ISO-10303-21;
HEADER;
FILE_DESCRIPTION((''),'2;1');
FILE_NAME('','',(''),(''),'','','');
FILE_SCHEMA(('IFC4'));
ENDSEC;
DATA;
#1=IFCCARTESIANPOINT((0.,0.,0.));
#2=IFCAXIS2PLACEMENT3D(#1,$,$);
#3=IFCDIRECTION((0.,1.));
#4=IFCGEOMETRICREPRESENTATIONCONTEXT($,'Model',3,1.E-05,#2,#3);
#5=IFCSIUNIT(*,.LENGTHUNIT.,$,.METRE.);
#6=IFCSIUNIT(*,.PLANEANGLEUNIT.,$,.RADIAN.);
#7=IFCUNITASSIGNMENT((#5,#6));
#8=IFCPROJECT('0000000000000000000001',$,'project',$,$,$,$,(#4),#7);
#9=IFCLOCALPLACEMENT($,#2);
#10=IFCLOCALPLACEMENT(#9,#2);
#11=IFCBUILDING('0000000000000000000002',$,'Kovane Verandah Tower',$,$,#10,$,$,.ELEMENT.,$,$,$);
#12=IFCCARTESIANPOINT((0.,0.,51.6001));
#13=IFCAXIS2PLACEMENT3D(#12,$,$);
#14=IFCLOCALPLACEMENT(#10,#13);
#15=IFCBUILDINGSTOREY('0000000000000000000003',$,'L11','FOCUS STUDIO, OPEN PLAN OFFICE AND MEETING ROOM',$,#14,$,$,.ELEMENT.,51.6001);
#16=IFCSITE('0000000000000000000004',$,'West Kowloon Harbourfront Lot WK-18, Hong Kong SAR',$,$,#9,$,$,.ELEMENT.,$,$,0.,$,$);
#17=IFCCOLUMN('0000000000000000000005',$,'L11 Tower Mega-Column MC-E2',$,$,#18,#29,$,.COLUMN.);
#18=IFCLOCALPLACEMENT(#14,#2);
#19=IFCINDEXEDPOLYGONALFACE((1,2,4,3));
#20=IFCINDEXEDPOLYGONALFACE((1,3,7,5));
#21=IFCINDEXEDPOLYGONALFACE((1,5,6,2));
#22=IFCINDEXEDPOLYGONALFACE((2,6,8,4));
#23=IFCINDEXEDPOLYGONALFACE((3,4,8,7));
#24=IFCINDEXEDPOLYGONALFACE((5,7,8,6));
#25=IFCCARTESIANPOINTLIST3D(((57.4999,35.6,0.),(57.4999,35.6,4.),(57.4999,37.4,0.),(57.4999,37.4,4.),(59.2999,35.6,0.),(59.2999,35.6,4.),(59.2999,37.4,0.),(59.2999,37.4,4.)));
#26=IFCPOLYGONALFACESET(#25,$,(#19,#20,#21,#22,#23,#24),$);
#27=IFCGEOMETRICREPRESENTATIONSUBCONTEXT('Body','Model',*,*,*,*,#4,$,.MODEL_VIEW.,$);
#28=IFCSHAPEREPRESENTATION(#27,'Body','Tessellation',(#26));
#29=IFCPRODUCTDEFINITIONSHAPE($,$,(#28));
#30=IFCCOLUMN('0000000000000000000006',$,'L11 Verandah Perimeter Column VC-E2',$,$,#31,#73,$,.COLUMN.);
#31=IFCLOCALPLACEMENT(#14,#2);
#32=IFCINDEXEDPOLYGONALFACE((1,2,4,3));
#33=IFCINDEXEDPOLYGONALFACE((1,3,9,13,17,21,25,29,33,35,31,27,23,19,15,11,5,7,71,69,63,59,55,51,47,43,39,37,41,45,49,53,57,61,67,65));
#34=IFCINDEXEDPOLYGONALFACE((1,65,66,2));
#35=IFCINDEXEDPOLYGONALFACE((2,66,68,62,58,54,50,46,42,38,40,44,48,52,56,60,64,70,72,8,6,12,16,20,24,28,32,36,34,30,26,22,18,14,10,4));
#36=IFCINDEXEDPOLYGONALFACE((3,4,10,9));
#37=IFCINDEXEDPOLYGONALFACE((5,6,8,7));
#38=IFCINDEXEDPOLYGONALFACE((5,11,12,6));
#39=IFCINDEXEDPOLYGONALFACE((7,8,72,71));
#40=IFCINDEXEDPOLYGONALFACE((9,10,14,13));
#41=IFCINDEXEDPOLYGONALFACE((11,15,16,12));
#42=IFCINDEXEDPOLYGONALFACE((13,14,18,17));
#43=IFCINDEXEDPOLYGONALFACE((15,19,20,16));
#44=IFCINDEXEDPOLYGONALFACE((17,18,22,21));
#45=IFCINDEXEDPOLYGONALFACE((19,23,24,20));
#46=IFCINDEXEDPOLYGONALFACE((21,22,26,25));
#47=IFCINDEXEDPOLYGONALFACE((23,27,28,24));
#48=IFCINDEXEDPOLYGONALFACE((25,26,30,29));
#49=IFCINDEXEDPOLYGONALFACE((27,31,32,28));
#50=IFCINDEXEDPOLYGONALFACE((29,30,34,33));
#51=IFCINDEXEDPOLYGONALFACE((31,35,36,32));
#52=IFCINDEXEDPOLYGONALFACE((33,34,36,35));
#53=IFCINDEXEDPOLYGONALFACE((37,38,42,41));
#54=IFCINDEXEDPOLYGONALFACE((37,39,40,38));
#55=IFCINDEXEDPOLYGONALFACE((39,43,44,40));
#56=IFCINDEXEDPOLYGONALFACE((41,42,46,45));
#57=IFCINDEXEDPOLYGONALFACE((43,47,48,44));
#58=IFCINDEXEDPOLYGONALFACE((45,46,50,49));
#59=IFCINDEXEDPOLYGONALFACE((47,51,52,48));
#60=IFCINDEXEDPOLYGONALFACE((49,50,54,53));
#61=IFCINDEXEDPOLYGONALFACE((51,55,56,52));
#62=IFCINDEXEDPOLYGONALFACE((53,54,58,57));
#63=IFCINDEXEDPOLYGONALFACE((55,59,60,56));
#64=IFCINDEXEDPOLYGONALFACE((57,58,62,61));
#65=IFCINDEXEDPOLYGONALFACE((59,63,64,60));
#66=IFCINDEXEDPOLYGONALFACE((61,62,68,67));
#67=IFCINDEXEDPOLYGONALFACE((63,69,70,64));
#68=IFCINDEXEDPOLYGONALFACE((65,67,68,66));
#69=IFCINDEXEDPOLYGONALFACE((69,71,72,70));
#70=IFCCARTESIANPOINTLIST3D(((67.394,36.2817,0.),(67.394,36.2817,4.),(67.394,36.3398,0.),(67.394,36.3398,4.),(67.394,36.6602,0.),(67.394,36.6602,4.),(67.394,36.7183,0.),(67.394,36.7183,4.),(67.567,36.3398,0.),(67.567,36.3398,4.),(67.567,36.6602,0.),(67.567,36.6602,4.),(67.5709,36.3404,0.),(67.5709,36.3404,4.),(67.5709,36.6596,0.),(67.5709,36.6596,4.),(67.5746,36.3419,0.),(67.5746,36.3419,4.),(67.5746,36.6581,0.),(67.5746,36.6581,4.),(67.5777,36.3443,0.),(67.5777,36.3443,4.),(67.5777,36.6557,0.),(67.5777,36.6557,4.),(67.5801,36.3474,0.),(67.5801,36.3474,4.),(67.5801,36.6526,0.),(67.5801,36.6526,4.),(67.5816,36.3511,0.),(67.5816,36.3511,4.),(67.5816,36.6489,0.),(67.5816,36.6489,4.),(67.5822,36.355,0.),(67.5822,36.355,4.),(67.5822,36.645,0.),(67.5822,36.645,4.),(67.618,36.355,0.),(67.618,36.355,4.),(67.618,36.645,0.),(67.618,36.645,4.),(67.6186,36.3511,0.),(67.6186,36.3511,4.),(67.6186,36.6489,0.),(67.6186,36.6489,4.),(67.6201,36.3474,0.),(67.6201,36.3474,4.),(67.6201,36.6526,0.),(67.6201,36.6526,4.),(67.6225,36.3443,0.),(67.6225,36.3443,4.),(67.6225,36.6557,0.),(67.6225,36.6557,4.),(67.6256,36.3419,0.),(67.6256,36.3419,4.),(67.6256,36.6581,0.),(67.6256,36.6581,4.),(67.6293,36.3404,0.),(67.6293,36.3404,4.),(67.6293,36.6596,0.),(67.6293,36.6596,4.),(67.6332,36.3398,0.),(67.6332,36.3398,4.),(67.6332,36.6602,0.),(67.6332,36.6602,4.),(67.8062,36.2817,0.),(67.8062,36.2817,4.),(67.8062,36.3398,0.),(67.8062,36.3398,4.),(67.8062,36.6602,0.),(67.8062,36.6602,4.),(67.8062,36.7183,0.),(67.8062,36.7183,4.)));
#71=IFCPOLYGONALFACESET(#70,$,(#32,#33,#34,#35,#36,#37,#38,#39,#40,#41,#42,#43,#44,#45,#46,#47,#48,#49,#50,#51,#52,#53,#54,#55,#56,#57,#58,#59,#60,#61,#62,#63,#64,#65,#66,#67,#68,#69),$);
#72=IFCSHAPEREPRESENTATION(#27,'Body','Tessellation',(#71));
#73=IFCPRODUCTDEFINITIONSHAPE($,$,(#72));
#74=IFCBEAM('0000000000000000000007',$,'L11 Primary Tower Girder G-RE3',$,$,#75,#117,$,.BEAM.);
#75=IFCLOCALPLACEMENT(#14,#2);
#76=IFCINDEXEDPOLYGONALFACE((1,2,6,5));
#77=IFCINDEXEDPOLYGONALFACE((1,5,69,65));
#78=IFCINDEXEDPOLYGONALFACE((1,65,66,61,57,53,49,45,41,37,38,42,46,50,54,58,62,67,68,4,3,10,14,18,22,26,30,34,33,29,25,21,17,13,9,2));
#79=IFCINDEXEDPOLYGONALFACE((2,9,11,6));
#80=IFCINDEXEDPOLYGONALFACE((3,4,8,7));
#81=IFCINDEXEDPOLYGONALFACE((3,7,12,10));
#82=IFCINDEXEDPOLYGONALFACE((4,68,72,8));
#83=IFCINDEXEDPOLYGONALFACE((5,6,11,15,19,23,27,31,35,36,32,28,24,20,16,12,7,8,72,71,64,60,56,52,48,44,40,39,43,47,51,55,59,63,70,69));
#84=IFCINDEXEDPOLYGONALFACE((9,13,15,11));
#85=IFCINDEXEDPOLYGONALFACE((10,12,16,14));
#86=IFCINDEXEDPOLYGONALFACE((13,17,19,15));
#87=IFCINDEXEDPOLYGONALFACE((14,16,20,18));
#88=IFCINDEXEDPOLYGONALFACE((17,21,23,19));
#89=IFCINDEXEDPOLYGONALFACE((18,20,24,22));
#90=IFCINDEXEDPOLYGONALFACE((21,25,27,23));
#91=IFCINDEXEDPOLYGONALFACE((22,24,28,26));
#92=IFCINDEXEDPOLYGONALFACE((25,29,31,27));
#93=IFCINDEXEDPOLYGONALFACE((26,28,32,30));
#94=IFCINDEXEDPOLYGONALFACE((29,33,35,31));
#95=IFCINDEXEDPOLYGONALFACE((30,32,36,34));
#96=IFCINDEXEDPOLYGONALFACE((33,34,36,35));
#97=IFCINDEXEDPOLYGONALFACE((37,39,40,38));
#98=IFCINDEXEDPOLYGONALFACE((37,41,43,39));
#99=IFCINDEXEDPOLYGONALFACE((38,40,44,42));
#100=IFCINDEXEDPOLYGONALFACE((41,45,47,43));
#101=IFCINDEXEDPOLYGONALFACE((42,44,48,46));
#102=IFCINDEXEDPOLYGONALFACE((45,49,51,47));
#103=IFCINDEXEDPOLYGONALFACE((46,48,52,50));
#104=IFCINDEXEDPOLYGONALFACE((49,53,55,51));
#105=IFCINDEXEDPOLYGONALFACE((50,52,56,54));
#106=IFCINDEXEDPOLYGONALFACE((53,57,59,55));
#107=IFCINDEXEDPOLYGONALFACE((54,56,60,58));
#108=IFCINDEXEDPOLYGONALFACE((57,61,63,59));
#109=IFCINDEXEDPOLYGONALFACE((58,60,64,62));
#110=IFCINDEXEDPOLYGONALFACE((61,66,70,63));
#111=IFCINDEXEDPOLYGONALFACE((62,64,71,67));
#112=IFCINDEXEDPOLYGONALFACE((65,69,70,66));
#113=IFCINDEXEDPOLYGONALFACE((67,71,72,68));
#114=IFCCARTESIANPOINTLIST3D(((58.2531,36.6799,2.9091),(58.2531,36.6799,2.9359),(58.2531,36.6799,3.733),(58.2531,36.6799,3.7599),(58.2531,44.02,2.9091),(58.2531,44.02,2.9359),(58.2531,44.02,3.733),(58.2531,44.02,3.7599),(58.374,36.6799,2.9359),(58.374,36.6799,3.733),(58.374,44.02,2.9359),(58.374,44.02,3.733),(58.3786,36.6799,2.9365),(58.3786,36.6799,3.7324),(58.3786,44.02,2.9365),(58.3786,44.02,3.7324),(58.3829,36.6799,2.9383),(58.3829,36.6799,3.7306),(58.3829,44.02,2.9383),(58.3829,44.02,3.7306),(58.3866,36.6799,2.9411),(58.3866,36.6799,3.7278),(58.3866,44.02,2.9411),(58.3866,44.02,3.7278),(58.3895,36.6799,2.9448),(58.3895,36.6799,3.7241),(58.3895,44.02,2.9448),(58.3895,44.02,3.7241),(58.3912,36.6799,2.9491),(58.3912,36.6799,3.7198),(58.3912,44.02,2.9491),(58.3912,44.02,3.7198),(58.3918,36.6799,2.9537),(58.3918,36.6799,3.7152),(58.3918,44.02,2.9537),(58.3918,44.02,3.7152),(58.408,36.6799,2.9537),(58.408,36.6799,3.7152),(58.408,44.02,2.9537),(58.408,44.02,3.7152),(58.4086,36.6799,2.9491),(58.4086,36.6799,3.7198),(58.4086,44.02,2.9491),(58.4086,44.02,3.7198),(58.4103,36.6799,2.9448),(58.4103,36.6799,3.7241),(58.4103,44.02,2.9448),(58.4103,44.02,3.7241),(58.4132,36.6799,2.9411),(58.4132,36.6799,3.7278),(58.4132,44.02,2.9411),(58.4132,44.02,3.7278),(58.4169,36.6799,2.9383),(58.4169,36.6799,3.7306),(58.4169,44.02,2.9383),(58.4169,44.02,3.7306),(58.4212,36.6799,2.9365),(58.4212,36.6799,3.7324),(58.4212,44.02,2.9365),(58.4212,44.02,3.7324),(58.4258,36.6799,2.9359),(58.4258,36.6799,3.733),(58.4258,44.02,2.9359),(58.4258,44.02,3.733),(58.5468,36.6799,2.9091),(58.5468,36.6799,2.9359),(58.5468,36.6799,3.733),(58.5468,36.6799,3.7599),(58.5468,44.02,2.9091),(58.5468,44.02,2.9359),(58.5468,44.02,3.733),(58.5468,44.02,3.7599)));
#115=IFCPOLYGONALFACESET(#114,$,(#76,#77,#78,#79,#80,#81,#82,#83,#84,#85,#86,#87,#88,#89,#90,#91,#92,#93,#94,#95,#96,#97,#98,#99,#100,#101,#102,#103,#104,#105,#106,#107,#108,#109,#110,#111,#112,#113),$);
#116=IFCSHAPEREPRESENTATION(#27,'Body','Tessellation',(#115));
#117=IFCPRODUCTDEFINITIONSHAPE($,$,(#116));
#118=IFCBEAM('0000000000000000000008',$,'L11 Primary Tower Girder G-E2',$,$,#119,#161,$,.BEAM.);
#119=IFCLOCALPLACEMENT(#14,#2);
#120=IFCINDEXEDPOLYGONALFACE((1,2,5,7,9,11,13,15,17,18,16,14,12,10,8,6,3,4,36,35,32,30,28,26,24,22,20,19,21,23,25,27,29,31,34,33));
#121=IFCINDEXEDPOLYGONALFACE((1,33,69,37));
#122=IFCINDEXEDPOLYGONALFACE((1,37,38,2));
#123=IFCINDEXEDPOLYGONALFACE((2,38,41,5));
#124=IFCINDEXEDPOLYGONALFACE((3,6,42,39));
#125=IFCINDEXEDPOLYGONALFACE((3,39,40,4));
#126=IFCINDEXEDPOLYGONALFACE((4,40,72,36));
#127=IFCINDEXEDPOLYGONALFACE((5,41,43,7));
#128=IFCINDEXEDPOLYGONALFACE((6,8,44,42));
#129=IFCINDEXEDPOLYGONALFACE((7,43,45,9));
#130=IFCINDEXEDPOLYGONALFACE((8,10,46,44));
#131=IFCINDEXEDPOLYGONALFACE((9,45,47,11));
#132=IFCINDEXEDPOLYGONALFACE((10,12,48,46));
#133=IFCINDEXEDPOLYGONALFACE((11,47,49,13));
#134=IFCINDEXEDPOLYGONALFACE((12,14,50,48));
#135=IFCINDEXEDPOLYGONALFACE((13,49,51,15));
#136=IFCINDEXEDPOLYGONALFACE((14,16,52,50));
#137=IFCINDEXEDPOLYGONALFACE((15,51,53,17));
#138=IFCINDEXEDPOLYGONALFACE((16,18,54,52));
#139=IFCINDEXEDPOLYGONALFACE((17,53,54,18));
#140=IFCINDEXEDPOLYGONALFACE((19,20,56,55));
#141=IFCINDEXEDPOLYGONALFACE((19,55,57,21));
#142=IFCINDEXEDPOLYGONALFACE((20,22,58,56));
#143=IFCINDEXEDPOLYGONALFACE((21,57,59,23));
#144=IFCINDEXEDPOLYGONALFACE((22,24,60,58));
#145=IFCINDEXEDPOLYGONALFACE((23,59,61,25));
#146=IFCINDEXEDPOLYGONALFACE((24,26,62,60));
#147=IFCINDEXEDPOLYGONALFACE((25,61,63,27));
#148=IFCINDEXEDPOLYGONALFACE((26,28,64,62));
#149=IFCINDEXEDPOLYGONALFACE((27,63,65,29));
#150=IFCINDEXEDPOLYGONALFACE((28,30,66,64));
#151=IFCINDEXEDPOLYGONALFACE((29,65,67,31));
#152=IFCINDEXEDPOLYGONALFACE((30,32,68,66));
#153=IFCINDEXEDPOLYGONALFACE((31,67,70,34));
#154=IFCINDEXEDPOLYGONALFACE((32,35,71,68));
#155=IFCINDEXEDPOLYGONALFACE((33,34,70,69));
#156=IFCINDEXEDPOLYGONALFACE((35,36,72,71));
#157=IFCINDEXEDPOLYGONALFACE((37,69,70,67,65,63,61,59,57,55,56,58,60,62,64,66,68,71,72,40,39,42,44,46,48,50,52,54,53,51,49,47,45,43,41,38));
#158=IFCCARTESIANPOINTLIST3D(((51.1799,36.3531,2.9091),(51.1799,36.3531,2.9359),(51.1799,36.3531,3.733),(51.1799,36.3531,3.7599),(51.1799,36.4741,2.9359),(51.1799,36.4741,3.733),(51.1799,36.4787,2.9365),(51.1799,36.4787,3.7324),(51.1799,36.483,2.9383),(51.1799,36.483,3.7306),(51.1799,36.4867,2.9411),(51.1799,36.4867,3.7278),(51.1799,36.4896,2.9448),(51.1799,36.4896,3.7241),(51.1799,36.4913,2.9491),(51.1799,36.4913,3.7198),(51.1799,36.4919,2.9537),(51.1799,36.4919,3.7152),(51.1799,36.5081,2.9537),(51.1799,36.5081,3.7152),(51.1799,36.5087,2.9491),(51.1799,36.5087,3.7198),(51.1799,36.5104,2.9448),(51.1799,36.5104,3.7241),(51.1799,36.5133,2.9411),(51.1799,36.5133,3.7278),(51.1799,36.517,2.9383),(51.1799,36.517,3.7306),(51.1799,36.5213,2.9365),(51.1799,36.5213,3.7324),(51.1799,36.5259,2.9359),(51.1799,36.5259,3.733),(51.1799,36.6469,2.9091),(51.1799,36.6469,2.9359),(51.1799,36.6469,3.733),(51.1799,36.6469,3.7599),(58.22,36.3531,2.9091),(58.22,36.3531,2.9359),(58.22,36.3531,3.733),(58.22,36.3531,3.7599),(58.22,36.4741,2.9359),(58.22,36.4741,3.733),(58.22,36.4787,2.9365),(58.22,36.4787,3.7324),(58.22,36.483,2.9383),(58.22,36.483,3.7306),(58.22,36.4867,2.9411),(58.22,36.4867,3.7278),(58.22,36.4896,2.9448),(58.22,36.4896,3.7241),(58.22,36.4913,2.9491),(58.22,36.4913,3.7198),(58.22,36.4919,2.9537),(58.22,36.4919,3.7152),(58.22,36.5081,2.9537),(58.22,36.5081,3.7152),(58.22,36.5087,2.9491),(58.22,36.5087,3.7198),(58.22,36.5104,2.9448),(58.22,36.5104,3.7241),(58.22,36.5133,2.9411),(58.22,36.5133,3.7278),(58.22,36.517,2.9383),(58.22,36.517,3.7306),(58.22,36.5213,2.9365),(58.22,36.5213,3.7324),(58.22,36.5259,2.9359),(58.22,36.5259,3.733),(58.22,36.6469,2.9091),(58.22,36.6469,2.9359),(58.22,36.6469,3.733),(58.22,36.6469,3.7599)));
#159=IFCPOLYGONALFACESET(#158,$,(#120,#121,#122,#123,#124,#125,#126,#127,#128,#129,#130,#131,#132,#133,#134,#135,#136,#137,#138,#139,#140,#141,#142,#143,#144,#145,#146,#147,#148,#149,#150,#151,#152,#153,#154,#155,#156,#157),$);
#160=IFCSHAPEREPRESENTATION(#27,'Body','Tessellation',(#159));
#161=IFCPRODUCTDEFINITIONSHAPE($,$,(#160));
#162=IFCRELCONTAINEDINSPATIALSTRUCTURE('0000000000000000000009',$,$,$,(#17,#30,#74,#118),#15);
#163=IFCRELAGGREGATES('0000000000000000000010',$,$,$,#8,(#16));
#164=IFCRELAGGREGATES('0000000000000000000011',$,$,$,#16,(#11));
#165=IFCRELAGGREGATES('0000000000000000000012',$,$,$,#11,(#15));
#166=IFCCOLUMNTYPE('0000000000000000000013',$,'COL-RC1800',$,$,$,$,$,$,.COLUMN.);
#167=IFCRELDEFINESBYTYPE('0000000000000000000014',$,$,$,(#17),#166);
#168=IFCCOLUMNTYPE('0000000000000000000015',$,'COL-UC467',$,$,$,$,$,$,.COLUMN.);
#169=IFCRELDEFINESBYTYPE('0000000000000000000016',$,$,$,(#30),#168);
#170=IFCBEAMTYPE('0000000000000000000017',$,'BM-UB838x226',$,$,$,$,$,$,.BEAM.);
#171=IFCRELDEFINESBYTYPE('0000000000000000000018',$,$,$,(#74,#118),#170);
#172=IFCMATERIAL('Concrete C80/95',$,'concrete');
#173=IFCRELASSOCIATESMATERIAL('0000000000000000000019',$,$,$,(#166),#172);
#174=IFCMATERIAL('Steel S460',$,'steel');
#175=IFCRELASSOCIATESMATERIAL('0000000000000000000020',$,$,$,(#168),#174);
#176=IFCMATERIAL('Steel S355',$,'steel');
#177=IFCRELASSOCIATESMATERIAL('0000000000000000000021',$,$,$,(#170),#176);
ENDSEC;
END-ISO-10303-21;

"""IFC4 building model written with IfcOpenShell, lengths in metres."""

from ifc_helpers import new_model, si_unit, direction, frame, origin, origin_2d, place, context, subcontext, project, spatial, rectangle, i_section, extrude, material, material_profile, profile_set, type_object, element, save


model = new_model("IFC4")

# Units and contexts
model_context = context("Model", 3, precision=1e-05, world=origin(), true_north=direction((0.0, 1.0)))
body_context = subcontext(model_context, "Body", "Model", "MODEL_VIEW")
ifc_project = project(units=[si_unit("LENGTHUNIT", "METRE"), si_unit("PLANEANGLEUNIT", "RADIAN")], contexts=[model_context])

# Site, building, storey
site_placement = place(None, origin())
site = spatial("IfcSite", under=ifc_project, at=site_placement, Name="West Kowloon Harbourfront Lot WK-18, Hong Kong SAR", CompositionType="ELEMENT", RefElevation=0.0)
building_placement = place(site_placement, origin())
building = spatial("IfcBuilding", under=site, at=building_placement, Name="Kovane Verandah Tower", CompositionType="ELEMENT")
storey_placement = place(building_placement, frame((0.0, 0.0, 51.6001)))
storey = spatial("IfcBuildingStorey", under=building, at=storey_placement, Name="L11", Description="FOCUS STUDIO, OPEN PLAN OFFICE AND MEETING ROOM", CompositionType="ELEMENT", Elevation=51.6001)

# Columns
ifc_material_1 = material(Name="Concrete C80/95", Category="concrete")
ifc_material_profile_1 = material_profile(ifc_material_1, rectangle(XDim=1.8, YDim=1.8, at=origin_2d()), Name="RC1800x1800")
ifc_profile_set_1 = profile_set([ifc_material_profile_1], Name="Concrete C80/95")
column_type_1 = type_object("IfcColumnType", Name="COL-RC1800", PredefinedType="COLUMN", material=ifc_profile_set_1)
column_1_placement = place(storey_placement, frame((58.3999, 36.5, 0.0), z_axis=(0.0, 0.0, 1.0), x_axis=(1.0, 0.0, 0.0)))
element("IfcColumn", 1, at=column_1_placement, inside=storey, type_object=column_type_1, Name="L11 Tower Mega-Column MC-E2", PredefinedType="COLUMN", context=body_context, shape_type="SweptSolid", body=[
    extrude(rectangle(XDim=1.8, YDim=1.8, at=origin_2d()), origin(), (0.0, 0.0, 1.0), 4.0),
])
ifc_material_2 = material(Name="Steel S460", Category="steel")
ifc_material_profile_2 = material_profile(ifc_material_2, i_section(OverallWidth=0.4121, OverallDepth=0.4365, WebThickness=0.0359, FlangeThickness=0.0581, FilletRadius=0.0151, at=origin_2d()), Name="UC356x406x467")
ifc_profile_set_2 = profile_set([ifc_material_profile_2], Name="Steel S460")
column_type_2 = type_object("IfcColumnType", Name="COL-UC467", PredefinedType="COLUMN", material=ifc_profile_set_2)
column_2_placement = place(storey_placement, frame((67.6001, 36.5, 0.0), z_axis=(0.0, 0.0, 1.0), x_axis=(1.0, 0.0, 0.0)))
element("IfcColumn", 2, at=column_2_placement, inside=storey, type_object=column_type_2, Name="L11 Verandah Perimeter Column VC-E2", PredefinedType="COLUMN", context=body_context, shape_type="SweptSolid", body=[
    extrude(i_section(OverallWidth=0.4121, OverallDepth=0.4365, WebThickness=0.0359, FlangeThickness=0.0581, FilletRadius=0.0151, at=origin_2d()), origin(), (0.0, 0.0, 1.0), 4.0),
])

# Beams
ifc_material_3 = material(Name="Steel S355", Category="steel")
ifc_material_profile_3 = material_profile(ifc_material_3, i_section(OverallWidth=0.2937, OverallDepth=0.8508, WebThickness=0.0161, FlangeThickness=0.0269, FilletRadius=0.0178, at=origin_2d()), Name="UB838x292x226")
ifc_profile_set_3 = profile_set([ifc_material_profile_3], Name="Steel S355")
beam_type_1 = type_object("IfcBeamType", Name="BM-UB838x226", PredefinedType="BEAM", material=ifc_profile_set_3)
beam_1_placement = place(storey_placement, frame((58.3999, 36.6799, 3.3345), z_axis=(0.0, 1.0, 0.0), x_axis=(-1.0, 0.0, 0.0)))
element("IfcBeam", 3, at=beam_1_placement, inside=storey, type_object=beam_type_1, Name="L11 Primary Tower Girder G-RE3", PredefinedType="BEAM", context=body_context, shape_type="SweptSolid", body=[
    extrude(i_section(OverallWidth=0.2937, OverallDepth=0.8508, WebThickness=0.0161, FlangeThickness=0.0269, FilletRadius=0.0178, at=origin_2d()), origin(), (0.0, 0.0, 1.0), 7.3401),
])
beam_2_placement = place(storey_placement, frame((51.1799, 36.5, 3.3345), z_axis=(1.0, 0.0, 0.0), x_axis=(0.0, 1.0, 0.0)))
element("IfcBeam", 4, at=beam_2_placement, inside=storey, type_object=beam_type_1, Name="L11 Primary Tower Girder G-E2", PredefinedType="BEAM", context=body_context, shape_type="SweptSolid", body=[
    extrude(i_section(OverallWidth=0.2937, OverallDepth=0.8508, WebThickness=0.0161, FlangeThickness=0.0269, FilletRadius=0.0178, at=origin_2d()), origin(), (0.0, 0.0, 1.0), 7.04),
])

save(model, "model.ifc")
